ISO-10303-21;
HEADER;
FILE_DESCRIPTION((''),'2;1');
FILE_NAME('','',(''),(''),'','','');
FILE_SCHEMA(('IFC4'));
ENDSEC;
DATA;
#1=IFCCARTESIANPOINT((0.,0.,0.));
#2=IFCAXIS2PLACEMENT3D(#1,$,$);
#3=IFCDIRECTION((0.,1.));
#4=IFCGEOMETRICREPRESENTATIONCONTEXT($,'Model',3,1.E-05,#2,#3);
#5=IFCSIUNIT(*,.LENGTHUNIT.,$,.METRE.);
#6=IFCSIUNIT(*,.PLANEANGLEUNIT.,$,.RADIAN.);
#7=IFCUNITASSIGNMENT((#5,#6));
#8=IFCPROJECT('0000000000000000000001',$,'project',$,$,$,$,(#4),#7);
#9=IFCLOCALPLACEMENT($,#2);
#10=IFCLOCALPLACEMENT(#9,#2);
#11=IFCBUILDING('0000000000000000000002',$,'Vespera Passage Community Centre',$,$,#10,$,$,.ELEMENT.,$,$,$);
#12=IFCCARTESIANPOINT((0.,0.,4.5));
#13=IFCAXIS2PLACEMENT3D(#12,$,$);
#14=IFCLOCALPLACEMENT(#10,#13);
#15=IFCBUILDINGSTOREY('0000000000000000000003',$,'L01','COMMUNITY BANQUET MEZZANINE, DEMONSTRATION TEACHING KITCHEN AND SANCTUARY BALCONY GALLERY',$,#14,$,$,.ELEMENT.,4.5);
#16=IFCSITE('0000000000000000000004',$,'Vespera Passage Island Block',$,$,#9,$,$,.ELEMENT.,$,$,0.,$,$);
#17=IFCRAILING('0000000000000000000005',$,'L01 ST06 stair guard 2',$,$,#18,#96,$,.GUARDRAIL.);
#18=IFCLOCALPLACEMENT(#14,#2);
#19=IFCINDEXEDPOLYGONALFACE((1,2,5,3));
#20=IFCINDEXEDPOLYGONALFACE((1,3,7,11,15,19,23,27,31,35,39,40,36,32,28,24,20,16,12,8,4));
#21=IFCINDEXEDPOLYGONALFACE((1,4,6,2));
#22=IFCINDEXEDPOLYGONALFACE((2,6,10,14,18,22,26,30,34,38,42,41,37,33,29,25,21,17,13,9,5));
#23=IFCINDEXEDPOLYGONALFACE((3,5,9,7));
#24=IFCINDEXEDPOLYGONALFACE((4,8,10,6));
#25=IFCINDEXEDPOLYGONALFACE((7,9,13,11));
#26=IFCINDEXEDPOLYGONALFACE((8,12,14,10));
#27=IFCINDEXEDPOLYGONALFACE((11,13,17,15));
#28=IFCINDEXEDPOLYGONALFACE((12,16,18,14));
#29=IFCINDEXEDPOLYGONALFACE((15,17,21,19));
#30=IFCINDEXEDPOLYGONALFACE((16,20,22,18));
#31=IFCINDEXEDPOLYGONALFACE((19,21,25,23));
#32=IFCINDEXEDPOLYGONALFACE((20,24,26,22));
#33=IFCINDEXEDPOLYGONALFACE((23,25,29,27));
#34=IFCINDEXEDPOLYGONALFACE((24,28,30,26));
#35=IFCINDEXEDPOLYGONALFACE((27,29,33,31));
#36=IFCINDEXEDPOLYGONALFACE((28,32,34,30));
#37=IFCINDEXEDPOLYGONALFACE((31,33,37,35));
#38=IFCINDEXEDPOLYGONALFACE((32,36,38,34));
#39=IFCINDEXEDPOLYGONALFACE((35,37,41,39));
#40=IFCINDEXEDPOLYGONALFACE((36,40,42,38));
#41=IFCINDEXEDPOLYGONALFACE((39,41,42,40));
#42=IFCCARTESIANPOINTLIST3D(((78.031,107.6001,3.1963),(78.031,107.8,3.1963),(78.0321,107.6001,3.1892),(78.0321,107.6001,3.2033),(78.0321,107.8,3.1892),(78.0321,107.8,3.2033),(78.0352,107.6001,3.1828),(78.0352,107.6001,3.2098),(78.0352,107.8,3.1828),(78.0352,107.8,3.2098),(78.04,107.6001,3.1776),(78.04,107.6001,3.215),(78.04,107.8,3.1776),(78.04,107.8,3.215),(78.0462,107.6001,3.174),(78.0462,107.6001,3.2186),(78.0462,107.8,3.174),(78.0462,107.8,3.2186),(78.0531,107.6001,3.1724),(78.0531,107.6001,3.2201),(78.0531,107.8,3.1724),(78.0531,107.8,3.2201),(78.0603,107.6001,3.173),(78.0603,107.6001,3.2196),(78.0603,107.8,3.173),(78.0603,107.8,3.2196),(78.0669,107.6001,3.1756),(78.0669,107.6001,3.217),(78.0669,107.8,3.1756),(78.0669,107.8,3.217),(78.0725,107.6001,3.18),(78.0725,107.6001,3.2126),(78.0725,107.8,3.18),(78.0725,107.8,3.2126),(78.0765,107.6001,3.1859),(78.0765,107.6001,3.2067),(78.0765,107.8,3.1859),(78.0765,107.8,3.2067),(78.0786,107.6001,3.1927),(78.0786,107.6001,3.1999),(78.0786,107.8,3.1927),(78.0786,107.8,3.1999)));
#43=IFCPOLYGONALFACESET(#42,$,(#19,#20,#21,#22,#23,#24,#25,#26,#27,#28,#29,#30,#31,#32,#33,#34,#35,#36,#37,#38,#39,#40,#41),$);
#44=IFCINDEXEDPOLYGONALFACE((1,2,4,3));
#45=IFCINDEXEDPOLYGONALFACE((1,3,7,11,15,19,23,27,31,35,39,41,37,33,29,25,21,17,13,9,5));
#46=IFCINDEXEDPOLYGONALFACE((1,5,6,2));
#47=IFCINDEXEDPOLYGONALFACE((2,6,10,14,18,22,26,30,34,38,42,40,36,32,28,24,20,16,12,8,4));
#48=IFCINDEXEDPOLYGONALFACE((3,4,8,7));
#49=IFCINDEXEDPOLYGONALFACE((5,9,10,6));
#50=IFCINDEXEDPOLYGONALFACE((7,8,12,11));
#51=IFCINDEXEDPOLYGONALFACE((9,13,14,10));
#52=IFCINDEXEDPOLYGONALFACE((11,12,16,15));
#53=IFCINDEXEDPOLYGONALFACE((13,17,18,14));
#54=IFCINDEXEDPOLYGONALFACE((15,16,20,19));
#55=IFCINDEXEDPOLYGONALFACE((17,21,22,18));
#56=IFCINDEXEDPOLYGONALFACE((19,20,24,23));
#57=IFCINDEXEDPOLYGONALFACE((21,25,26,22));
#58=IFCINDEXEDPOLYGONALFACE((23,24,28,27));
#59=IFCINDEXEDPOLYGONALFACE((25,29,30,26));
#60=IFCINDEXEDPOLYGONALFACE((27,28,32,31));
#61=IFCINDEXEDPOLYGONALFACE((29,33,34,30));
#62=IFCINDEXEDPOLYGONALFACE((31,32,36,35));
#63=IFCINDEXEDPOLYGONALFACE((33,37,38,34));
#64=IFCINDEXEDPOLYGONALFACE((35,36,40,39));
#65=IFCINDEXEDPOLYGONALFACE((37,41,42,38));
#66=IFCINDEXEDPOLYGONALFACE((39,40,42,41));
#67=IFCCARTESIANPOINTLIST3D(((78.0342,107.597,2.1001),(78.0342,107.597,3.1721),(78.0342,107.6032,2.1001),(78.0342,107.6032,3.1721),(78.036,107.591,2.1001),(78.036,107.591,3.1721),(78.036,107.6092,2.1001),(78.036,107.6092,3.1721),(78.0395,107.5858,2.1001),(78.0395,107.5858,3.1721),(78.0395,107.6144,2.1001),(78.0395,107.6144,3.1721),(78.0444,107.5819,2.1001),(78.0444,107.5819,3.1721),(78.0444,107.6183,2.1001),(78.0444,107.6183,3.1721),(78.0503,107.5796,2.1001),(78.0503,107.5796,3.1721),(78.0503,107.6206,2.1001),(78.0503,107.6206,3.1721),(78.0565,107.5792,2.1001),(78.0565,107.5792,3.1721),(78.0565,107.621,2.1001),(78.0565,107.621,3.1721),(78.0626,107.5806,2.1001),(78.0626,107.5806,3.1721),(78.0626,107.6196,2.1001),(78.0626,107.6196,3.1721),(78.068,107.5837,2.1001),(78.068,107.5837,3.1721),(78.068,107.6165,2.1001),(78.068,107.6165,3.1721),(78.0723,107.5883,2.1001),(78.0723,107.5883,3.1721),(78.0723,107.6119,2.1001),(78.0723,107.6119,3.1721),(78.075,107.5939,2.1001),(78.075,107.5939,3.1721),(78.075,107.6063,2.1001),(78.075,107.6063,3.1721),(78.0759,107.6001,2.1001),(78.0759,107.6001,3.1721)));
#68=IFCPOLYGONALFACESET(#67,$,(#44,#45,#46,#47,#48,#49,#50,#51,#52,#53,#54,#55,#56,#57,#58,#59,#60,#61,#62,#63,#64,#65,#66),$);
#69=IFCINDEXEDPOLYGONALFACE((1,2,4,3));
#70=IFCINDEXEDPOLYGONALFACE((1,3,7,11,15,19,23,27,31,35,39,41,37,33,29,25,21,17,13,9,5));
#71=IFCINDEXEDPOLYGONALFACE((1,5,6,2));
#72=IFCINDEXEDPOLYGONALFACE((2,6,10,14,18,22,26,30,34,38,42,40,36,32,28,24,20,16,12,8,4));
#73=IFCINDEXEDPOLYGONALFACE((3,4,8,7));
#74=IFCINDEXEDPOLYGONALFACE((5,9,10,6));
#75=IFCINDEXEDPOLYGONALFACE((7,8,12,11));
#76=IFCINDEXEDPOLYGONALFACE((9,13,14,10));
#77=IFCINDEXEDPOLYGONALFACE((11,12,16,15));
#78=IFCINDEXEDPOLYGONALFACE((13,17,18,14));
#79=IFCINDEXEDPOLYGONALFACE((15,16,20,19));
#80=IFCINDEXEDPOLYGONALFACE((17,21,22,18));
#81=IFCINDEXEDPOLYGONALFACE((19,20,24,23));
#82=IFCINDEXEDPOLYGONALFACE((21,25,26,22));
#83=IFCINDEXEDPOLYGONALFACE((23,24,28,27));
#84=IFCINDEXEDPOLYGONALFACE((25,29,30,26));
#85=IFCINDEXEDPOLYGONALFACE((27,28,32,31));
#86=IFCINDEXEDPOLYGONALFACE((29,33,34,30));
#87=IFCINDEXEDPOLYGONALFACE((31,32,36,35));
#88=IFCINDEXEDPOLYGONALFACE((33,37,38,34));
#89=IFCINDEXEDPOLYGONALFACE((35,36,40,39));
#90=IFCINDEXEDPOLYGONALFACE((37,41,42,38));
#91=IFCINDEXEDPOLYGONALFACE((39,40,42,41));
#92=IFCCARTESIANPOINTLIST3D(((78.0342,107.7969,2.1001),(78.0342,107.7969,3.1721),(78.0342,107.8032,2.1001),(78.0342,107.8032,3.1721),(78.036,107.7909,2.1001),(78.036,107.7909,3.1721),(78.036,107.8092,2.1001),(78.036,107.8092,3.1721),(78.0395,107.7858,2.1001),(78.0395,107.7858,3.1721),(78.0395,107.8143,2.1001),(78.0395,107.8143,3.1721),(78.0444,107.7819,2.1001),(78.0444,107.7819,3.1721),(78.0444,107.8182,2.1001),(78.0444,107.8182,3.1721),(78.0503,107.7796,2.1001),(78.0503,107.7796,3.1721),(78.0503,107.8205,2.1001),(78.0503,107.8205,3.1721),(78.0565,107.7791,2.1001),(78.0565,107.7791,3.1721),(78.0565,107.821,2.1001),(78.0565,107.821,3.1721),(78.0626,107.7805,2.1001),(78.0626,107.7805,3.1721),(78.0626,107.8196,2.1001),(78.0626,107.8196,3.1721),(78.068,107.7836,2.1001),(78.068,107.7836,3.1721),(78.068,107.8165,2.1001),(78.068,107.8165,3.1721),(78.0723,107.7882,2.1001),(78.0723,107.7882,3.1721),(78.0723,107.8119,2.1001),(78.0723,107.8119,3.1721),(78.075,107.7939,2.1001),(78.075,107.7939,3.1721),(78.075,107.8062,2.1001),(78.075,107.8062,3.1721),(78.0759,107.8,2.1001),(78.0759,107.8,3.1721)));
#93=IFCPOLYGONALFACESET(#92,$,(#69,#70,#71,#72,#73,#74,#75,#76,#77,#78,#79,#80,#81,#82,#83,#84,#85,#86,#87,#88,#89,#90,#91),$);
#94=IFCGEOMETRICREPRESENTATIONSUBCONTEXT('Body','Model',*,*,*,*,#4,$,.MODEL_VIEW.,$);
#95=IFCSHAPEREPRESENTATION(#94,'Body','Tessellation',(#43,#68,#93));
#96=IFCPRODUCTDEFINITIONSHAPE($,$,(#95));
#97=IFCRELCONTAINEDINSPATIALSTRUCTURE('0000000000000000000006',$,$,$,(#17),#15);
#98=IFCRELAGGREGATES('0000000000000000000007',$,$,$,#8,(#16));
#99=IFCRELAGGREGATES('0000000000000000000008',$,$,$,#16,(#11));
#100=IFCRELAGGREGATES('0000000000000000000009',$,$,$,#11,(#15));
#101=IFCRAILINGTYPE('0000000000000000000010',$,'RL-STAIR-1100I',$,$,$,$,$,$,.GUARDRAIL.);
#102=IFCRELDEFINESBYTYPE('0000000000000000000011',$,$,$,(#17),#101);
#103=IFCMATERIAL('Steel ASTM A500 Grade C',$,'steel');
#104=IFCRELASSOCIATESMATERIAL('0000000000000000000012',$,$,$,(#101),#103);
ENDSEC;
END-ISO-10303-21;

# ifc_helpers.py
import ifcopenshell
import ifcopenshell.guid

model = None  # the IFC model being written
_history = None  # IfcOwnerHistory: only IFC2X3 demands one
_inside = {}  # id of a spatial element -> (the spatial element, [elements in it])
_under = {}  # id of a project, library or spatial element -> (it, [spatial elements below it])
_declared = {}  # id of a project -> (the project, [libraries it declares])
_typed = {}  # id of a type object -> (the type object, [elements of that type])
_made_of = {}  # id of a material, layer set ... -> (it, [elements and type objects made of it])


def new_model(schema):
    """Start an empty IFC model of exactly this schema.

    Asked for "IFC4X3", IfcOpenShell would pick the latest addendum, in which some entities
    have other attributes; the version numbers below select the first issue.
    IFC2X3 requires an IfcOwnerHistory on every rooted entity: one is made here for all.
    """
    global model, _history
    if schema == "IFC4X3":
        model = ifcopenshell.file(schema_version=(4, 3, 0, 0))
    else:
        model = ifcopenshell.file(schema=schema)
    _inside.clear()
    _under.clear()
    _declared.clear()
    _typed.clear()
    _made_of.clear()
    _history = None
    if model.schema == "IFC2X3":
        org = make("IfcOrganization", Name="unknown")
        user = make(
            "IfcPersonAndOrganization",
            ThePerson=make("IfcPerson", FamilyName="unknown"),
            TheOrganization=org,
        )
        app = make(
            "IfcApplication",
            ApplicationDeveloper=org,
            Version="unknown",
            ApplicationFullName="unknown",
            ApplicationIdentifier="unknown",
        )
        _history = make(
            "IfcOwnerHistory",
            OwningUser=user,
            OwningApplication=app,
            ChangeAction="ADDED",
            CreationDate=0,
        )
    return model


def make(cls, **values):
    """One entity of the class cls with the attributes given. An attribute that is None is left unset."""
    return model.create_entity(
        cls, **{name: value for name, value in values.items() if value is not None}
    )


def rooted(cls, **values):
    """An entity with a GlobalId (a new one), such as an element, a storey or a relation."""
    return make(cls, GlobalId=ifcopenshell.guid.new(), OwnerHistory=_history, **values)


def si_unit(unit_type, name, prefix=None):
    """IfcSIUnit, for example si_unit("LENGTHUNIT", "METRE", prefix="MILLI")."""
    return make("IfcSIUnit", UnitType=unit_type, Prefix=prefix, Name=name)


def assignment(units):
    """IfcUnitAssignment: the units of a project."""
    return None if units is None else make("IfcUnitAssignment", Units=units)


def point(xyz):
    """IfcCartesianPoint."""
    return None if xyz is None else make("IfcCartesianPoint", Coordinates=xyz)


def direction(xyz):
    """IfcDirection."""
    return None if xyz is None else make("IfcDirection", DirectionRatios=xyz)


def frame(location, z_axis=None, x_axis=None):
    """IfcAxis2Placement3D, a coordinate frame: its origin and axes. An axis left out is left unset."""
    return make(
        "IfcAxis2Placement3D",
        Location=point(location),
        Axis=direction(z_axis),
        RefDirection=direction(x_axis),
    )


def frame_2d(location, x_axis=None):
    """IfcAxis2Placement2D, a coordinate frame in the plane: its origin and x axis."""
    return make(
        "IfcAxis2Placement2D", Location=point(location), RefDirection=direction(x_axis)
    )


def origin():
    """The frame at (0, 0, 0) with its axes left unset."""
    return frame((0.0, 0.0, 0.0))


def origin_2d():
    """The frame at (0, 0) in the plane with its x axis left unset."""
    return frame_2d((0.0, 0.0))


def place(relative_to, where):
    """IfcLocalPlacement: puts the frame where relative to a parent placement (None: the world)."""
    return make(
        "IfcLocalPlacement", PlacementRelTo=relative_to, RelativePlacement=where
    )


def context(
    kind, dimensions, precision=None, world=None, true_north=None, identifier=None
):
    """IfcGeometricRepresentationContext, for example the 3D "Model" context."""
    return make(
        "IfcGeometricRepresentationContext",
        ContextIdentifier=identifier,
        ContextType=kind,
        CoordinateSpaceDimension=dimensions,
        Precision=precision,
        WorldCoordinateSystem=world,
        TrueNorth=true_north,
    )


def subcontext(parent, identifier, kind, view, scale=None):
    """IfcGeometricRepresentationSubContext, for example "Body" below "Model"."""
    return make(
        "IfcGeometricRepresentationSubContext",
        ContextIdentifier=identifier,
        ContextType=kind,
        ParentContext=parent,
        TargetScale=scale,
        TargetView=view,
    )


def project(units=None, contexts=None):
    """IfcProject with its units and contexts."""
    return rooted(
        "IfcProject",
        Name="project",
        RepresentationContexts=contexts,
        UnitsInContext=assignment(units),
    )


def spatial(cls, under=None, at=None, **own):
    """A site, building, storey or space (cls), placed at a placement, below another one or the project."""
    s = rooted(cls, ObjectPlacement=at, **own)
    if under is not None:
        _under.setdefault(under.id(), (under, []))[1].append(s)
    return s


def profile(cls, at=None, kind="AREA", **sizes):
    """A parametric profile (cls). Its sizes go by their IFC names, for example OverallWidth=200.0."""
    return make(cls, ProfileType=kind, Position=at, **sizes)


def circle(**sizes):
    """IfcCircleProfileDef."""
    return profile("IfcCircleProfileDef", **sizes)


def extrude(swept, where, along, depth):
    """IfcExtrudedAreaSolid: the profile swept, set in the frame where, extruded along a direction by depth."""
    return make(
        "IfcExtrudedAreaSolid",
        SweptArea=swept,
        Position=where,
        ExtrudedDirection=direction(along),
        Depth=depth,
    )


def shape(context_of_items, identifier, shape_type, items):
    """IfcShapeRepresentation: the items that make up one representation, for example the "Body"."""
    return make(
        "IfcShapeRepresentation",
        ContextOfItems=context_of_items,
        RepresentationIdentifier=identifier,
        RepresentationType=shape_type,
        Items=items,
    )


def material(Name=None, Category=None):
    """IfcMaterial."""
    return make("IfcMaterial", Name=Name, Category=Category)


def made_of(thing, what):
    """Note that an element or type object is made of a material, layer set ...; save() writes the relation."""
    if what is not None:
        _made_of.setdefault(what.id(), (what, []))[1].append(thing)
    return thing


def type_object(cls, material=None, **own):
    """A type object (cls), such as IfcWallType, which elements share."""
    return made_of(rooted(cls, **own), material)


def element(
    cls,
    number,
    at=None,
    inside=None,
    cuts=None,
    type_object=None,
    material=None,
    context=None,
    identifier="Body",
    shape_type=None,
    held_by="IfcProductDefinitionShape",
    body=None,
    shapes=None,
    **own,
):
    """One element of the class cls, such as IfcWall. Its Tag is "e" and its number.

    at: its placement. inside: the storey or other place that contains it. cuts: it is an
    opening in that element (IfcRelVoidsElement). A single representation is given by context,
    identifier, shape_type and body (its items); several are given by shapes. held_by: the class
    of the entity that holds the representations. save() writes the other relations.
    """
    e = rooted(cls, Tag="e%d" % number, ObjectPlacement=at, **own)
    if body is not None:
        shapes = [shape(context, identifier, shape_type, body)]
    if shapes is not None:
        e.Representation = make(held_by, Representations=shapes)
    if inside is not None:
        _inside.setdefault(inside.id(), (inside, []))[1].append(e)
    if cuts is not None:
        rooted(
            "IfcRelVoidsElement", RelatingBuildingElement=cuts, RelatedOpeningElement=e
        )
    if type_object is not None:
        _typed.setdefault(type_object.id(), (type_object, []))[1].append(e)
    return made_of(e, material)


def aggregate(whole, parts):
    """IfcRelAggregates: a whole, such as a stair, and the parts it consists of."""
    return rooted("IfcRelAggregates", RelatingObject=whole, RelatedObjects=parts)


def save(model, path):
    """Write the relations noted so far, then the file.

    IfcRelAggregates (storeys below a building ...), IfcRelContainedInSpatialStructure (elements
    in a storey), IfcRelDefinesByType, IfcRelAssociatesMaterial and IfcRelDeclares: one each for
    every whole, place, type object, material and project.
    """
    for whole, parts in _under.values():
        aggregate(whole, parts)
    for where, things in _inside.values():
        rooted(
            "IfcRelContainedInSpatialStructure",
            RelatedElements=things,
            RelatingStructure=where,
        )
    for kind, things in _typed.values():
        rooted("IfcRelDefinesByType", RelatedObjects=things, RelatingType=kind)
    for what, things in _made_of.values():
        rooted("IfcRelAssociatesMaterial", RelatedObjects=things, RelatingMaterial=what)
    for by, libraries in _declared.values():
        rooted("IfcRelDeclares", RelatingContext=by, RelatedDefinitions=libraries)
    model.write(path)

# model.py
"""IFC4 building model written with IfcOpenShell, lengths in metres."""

from ifc_helpers import new_model, si_unit, direction, frame, origin, origin_2d, place, context, subcontext, project, spatial, circle, extrude, material, type_object, element, save


model = new_model("IFC4")

# Units and contexts
model_context = context("Model", 3, precision=1e-05, world=origin(), true_north=direction((0.0, 1.0)))
body_context = subcontext(model_context, "Body", "Model", "MODEL_VIEW")
ifc_project = project(units=[si_unit("LENGTHUNIT", "METRE"), si_unit("PLANEANGLEUNIT", "RADIAN")], contexts=[model_context])

# Site, building, storey
site_placement = place(None, origin())
site = spatial("IfcSite", under=ifc_project, at=site_placement, Name="Vespera Passage Island Block", CompositionType="ELEMENT", RefElevation=0.0)
building_placement = place(site_placement, origin())
building = spatial("IfcBuilding", under=site, at=building_placement, Name="Vespera Passage Community Centre", CompositionType="ELEMENT")
storey_placement = place(building_placement, frame((0.0, 0.0, 4.5)))
storey = spatial("IfcBuildingStorey", under=building, at=storey_placement, Name="L01", Description="COMMUNITY BANQUET MEZZANINE, DEMONSTRATION TEACHING KITCHEN AND SANCTUARY BALCONY GALLERY", CompositionType="ELEMENT", Elevation=4.5)

# Railing
ifc_material_1 = material(Name="Steel ASTM A500 Grade C", Category="steel")
railing_type_1 = type_object("IfcRailingType", Name="RL-STAIR-1100I", PredefinedType="GUARDRAIL", material=ifc_material_1)
railing_1_placement = place(storey_placement, frame((78.0549, 107.6001, 2.1001)))
element("IfcRailing", 1, at=railing_1_placement, inside=storey, type_object=railing_type_1, Name="L01 ST06 stair guard 2", PredefinedType="GUARDRAIL", context=body_context, shape_type="SweptSolid", body=[
    extrude(circle(Radius=0.0239, at=origin_2d()), frame((0.0, 0.0, 1.0962), z_axis=(0.0, 1.0, 0.0), x_axis=(-1.0, 0.0, 0.0)), (0.0, 0.0, 1.0), 0.2),
    extrude(circle(Radius=0.021, at=origin_2d()), origin(), (0.0, 0.0, 1.0), 1.072),
    extrude(circle(Radius=0.021, at=origin_2d()), frame((0.0, 0.2, 0.0)), (0.0, 0.0, 1.0), 1.072),
])

save(model, "model.ifc")
